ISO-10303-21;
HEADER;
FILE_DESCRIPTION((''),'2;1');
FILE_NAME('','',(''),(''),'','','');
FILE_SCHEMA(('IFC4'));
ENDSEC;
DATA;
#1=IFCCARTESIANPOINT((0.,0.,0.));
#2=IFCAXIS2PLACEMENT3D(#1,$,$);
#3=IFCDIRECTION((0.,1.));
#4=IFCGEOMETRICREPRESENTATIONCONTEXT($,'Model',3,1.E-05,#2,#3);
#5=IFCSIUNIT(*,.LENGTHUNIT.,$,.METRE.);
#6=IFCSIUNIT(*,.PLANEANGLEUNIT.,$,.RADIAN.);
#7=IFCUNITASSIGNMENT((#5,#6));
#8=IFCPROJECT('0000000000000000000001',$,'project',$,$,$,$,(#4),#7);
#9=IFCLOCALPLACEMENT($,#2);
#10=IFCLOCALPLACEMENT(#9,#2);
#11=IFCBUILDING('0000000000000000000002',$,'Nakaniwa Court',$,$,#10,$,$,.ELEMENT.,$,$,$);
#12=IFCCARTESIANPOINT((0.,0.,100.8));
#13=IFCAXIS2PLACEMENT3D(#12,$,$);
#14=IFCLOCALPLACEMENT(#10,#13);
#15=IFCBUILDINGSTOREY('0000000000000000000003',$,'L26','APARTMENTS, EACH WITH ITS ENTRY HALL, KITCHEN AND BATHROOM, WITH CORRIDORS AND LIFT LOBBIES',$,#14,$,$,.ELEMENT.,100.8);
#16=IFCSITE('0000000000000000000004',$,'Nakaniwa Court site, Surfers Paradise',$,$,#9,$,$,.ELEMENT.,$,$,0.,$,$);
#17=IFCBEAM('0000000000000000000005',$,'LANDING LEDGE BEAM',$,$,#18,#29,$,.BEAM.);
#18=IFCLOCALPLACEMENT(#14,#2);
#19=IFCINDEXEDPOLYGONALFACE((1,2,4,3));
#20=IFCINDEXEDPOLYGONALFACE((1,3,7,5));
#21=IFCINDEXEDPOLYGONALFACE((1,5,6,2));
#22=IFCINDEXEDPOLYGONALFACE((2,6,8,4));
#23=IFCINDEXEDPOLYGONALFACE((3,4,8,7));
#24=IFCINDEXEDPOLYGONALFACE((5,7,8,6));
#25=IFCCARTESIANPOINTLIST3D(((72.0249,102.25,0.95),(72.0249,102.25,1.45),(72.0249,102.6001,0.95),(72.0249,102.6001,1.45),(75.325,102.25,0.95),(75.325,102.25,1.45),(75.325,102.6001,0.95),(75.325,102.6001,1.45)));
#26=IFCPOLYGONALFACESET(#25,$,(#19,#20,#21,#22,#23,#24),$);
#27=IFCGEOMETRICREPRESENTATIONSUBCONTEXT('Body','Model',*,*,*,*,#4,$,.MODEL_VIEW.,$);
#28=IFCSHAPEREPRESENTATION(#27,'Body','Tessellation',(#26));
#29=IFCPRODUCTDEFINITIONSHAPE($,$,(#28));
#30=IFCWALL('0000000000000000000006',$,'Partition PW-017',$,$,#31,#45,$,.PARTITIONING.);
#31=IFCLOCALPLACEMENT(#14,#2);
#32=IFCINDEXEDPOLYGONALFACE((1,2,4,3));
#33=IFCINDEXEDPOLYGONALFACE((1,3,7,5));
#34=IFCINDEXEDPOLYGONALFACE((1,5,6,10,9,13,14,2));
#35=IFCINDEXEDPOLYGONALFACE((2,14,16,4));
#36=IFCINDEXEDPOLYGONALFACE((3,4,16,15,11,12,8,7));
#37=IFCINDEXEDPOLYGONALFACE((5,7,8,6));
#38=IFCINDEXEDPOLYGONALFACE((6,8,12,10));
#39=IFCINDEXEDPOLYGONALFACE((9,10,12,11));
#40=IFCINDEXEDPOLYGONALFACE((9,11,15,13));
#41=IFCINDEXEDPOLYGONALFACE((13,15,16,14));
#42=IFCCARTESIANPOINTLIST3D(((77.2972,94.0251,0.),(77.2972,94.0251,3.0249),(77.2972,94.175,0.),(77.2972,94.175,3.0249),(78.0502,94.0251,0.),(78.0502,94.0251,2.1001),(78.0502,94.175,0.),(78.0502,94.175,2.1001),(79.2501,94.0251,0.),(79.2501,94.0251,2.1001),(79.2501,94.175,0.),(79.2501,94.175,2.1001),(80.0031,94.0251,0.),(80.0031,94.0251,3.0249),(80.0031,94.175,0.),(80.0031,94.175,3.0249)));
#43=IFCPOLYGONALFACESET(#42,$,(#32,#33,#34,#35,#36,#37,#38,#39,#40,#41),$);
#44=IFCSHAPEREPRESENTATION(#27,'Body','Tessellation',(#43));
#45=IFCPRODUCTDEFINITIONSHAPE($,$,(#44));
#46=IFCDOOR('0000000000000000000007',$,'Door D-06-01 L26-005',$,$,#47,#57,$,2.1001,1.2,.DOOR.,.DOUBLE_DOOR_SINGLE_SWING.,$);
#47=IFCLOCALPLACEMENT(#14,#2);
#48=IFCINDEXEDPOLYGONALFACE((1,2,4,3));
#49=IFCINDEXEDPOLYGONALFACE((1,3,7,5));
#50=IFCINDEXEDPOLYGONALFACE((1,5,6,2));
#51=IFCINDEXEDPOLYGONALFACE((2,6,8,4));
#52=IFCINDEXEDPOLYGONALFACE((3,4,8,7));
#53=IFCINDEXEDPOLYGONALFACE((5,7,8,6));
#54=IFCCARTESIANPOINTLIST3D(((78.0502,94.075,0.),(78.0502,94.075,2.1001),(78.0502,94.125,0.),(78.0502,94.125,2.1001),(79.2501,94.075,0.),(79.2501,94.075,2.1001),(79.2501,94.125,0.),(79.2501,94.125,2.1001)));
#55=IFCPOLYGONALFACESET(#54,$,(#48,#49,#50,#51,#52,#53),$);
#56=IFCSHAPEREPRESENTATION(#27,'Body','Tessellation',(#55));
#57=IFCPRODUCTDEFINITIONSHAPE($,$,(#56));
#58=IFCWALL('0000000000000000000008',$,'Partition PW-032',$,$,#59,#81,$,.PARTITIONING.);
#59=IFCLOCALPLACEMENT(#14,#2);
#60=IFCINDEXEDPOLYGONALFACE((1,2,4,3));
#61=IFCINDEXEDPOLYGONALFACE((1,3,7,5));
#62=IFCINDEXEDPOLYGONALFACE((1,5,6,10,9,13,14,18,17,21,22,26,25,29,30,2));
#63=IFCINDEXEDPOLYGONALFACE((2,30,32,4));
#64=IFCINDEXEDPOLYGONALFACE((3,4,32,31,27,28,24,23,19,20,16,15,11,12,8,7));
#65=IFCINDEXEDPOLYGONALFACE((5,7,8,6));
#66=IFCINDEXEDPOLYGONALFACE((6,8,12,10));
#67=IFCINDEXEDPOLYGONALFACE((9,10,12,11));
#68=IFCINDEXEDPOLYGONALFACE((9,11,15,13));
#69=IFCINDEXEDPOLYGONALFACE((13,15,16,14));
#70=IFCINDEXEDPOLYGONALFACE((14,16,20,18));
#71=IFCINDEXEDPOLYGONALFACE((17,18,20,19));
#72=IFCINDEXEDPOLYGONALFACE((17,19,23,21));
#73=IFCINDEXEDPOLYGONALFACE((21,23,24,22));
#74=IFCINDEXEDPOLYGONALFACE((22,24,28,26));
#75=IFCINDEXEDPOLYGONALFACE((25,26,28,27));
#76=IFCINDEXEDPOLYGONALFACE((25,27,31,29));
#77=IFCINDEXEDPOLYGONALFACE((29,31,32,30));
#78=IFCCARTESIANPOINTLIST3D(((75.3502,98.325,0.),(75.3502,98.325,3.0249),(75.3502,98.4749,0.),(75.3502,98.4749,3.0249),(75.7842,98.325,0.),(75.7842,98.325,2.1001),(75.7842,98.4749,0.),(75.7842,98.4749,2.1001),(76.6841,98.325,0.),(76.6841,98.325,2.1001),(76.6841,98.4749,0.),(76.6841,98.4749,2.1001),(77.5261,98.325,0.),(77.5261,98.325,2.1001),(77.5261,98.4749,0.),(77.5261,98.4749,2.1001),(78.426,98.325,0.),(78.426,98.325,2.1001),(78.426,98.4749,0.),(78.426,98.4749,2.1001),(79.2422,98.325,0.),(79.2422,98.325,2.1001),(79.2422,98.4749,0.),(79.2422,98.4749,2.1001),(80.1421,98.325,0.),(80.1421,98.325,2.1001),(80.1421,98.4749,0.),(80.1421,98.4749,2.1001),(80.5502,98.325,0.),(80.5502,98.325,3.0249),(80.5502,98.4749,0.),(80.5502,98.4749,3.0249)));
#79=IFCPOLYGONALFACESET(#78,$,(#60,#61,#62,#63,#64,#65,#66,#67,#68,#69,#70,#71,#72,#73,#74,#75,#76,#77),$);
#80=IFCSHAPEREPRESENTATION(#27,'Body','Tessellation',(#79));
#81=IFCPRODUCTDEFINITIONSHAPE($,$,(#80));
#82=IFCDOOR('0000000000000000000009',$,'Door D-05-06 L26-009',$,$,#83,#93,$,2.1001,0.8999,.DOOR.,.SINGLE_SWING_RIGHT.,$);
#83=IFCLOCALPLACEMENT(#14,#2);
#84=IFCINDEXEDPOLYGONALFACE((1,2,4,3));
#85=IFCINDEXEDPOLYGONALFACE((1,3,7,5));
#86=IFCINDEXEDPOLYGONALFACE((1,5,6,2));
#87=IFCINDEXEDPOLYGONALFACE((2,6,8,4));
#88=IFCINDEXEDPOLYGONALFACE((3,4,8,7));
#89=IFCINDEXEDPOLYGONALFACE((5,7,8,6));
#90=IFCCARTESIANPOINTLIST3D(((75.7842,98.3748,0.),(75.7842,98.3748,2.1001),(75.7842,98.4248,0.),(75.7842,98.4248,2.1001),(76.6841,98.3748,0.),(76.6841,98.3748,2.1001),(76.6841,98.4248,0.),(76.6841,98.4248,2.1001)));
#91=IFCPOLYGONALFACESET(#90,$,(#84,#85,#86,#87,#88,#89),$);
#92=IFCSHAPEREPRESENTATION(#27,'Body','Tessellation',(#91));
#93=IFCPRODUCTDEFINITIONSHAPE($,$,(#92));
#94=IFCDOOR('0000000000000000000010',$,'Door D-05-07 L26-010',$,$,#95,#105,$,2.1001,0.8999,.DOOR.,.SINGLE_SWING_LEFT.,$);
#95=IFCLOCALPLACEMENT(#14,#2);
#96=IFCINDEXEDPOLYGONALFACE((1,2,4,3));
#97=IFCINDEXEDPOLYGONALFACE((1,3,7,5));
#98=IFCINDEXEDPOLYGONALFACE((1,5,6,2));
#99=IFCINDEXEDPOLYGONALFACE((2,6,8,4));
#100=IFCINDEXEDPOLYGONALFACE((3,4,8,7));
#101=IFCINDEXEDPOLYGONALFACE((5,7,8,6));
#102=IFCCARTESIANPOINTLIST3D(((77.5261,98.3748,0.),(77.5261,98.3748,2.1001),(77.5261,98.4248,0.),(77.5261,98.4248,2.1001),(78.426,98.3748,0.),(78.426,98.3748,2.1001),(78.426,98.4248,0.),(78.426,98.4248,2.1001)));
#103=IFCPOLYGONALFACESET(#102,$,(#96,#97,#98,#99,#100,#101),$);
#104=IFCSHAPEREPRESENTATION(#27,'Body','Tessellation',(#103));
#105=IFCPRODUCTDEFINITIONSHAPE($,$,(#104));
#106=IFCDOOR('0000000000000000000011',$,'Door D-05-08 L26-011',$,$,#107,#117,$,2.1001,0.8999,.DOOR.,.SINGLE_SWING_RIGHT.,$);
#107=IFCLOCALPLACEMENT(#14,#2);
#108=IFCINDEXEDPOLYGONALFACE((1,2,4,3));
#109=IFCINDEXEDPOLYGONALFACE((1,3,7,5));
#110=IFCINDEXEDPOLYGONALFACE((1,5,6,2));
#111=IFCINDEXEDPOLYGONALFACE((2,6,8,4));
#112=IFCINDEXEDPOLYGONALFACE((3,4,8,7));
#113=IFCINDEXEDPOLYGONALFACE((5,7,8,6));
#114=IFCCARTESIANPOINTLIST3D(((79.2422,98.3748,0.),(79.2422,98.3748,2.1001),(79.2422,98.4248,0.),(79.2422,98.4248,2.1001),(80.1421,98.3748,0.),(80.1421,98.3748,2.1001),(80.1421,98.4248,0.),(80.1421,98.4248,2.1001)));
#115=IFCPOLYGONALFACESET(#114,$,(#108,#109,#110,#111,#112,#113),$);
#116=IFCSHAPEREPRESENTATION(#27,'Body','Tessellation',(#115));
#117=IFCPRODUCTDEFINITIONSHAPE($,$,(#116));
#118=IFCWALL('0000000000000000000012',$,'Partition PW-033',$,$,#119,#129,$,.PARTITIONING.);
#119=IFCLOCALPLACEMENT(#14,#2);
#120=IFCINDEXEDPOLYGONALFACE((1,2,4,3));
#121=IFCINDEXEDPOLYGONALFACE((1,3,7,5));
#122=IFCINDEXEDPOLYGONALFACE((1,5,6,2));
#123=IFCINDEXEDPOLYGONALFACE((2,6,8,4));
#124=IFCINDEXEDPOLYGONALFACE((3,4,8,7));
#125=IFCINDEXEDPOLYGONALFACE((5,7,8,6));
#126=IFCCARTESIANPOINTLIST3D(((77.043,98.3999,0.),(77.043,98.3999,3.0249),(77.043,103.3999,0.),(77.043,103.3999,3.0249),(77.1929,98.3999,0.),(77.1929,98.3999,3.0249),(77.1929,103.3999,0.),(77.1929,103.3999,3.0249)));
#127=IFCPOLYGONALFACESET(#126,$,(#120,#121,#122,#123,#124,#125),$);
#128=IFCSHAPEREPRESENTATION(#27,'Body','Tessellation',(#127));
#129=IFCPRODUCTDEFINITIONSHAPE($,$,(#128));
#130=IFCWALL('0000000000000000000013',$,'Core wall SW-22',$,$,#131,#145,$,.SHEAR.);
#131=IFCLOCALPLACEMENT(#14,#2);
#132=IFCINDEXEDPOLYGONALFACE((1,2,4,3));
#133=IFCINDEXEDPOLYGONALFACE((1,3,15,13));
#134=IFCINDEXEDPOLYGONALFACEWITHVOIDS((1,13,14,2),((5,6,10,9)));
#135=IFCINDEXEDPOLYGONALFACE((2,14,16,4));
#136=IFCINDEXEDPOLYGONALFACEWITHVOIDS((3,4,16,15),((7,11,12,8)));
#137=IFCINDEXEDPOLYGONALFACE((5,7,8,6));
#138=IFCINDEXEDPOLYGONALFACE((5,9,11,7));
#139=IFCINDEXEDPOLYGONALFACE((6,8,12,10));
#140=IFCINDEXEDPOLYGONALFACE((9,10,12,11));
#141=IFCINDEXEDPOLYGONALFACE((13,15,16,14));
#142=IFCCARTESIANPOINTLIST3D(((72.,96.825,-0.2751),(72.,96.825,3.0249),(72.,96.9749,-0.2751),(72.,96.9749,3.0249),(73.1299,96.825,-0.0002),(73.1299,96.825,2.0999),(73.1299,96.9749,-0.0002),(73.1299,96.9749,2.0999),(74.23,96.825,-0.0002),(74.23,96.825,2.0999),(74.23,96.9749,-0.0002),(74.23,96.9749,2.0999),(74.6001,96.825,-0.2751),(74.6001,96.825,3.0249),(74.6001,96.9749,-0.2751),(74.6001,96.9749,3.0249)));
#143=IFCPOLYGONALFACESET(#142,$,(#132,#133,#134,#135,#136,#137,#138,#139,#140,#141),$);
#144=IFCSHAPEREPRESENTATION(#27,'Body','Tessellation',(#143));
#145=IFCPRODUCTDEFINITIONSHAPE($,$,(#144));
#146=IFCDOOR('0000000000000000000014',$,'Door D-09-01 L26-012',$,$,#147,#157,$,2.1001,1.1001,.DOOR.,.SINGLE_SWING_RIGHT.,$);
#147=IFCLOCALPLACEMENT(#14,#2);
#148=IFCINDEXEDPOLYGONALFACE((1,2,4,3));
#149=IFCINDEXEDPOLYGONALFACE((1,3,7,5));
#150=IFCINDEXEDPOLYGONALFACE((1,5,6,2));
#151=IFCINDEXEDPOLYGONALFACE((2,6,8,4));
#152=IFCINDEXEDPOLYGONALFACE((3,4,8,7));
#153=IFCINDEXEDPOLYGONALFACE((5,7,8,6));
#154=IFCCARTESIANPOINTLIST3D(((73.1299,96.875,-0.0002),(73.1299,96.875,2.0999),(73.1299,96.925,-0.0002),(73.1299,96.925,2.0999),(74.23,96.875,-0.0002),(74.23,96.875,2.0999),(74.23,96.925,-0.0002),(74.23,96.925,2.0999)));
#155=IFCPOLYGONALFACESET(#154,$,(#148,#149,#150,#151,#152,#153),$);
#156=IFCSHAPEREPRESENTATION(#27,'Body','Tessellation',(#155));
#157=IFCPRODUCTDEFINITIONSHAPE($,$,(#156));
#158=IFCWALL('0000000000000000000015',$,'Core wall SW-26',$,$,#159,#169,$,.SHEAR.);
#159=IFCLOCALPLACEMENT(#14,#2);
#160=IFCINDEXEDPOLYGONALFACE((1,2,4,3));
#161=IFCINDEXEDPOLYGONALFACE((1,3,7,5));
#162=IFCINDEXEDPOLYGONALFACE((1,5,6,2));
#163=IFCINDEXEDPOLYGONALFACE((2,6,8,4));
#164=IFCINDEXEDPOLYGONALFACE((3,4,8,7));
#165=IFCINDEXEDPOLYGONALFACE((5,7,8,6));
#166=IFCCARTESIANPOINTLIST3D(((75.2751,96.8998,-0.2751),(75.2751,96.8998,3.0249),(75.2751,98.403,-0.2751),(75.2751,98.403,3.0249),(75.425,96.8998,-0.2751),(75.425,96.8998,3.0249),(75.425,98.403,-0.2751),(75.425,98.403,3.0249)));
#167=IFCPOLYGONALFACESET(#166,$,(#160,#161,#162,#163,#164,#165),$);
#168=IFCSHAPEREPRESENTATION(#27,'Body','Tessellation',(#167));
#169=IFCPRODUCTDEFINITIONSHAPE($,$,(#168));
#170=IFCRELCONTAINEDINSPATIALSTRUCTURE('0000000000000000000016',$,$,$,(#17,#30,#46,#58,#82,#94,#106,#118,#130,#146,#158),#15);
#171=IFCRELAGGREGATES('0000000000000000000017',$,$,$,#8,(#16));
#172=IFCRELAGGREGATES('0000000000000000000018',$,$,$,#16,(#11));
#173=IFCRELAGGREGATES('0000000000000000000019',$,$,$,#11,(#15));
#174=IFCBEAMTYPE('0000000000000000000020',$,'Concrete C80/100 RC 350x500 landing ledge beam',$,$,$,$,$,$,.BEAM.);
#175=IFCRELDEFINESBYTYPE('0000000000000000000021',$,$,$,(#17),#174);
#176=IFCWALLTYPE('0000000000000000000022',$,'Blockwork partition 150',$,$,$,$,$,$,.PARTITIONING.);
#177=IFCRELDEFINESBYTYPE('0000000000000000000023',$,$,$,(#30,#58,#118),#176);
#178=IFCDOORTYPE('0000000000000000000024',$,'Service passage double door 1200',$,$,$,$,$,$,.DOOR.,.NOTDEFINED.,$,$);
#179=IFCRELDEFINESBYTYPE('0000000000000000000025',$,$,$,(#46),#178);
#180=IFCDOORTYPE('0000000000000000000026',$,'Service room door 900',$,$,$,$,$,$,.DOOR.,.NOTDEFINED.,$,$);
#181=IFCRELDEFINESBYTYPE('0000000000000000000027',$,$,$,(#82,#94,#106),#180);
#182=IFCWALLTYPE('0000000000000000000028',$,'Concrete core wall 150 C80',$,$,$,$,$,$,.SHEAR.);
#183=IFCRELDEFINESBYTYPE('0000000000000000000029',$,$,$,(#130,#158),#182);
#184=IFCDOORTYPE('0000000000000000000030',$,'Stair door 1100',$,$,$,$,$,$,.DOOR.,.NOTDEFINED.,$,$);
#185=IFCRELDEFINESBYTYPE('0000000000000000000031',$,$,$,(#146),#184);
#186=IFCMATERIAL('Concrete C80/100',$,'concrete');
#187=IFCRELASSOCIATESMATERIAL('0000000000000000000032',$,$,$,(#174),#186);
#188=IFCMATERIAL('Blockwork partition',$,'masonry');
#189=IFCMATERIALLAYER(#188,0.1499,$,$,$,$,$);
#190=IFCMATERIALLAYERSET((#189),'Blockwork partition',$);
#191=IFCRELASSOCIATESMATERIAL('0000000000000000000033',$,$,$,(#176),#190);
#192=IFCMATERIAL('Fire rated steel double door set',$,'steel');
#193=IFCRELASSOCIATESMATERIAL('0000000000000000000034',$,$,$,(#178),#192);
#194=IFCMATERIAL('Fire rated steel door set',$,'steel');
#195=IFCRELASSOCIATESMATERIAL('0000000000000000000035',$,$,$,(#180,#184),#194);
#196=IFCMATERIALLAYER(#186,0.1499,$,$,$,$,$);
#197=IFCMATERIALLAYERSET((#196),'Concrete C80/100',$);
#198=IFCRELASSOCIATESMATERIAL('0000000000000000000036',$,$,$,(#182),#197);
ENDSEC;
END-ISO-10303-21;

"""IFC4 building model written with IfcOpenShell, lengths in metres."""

from ifc_helpers import new_model, si_unit, direction, frame, frame_2d, origin, origin_2d, place, context, subcontext, project, spatial, rectangle, extrude, material, layer, layer_set, material_profile, profile_set, type_object, element, fill, save


model = new_model("IFC4")

# Units and contexts
model_context = context("Model", 3, precision=1e-05, world=origin(), true_north=direction((0.0, 1.0)))
body_context = subcontext(model_context, "Body", "Model", "MODEL_VIEW")
ifc_project = project(units=[si_unit("LENGTHUNIT", "METRE"), si_unit("PLANEANGLEUNIT", "RADIAN")], contexts=[model_context])

# Site, building, storey
site_placement = place(None, origin())
site = spatial("IfcSite", under=ifc_project, at=site_placement, Name="Nakaniwa Court site, Surfers Paradise", CompositionType="ELEMENT", RefElevation=0.0)
building_placement = place(site_placement, origin())
building = spatial("IfcBuilding", under=site, at=building_placement, Name="Nakaniwa Court", CompositionType="ELEMENT")
storey_placement = place(building_placement, frame((0.0, 0.0, 100.8)))
storey = spatial("IfcBuildingStorey", under=building, at=storey_placement, Name="L26", Description="APARTMENTS, EACH WITH ITS ENTRY HALL, KITCHEN AND BATHROOM, WITH CORRIDORS AND LIFT LOBBIES", CompositionType="ELEMENT", Elevation=100.8)

# Beam
ifc_material_1 = material(Name="Concrete C80/100", Category="concrete")
ifc_material_profile = material_profile(ifc_material_1, rectangle(XDim=0.3501, YDim=0.5, at=origin_2d()), Name="Concrete C80/100 RC 350x500 landing ledge beam")
ifc_profile_set = profile_set([ifc_material_profile], Name="Concrete C80/100")
beam_type = type_object("IfcBeamType", Name="Concrete C80/100 RC 350x500 landing ledge beam", PredefinedType="BEAM", material=ifc_profile_set)
beam_placement = place(storey_placement, frame((72.0249, 102.425, 1.2), z_axis=(1.0, 0.0, 0.0), x_axis=(0.0, 1.0, 0.0)))
element("IfcBeam", 1, at=beam_placement, inside=storey, type_object=beam_type, Name="LANDING LEDGE BEAM", PredefinedType="BEAM", context=body_context, shape_type="SweptSolid", body=[
    extrude(rectangle(XDim=0.3501, YDim=0.5, at=origin_2d()), origin(), (0.0, 0.0, 1.0), 3.3),
])

# Wall, opening, door
ifc_material_2 = material(Name="Blockwork partition", Category="masonry")
ifc_layer_1 = layer(ifc_material_2, 0.1499)
ifc_layer_set_1 = layer_set([ifc_layer_1], Name="Blockwork partition")
wall_type_1 = type_object("IfcWallType", Name="Blockwork partition 150", PredefinedType="PARTITIONING", material=ifc_layer_set_1)
wall_1_placement = place(storey_placement, frame((77.2971, 94.1001, 0.0), z_axis=(0.0, 0.0, 1.0), x_axis=(1.0, 0.0, 0.0)))
wall_1 = element("IfcWall", 2, at=wall_1_placement, inside=storey, type_object=wall_type_1, Name="Partition PW-017", PredefinedType="PARTITIONING", context=body_context, shape_type="SweptSolid", body=[
    extrude(rectangle(XDim=2.7058, YDim=0.1499, at=frame_2d((1.353, 0.0))), origin(), (0.0, 0.0, 1.0), 3.0249),
])
opening_1_placement = place(wall_1_placement, frame((0.7529, 0.0, 0.0)))
opening_1 = element("IfcOpeningElement", 3, at=opening_1_placement, cuts=wall_1, PredefinedType="OPENING", context=body_context, shape_type="SweptSolid", body=[
    extrude(rectangle(XDim=1.2, YDim=2.1001, at=frame_2d((0.6001, 1.05))), frame((0.0, 0.085, 0.0), z_axis=(0.0, -1.0, 0.0), x_axis=(1.0, 0.0, 0.0)), (0.0, 0.0, 1.0), 0.1699),
])
ifc_material_3 = material(Name="Fire rated steel double door set", Category="steel")
door_type_1 = type_object("IfcDoorType", Name="Service passage double door 1200", OperationType="NOTDEFINED", PredefinedType="DOOR", material=ifc_material_3)
door_1_placement = place(opening_1_placement, origin())
door_1 = element("IfcDoor", 4, at=door_1_placement, inside=storey, type_object=door_type_1, Name="Door D-06-01 L26-005", OperationType="DOUBLE_DOOR_SINGLE_SWING", OverallHeight=2.1001, OverallWidth=1.2, PredefinedType="DOOR", context=body_context, shape_type="SweptSolid", body=[
    extrude(rectangle(XDim=1.2, YDim=2.1001, at=frame_2d((0.6001, 1.05))), frame((0.0, 0.0249, 0.0), z_axis=(0.0, -1.0, 0.0), x_axis=(1.0, 0.0, 0.0)), (0.0, 0.0, 1.0), 0.05),
])
fill(opening_1, door_1)

# Wall, openings, doors
wall_2_placement = place(storey_placement, frame((75.3501, 98.3999, 0.0), z_axis=(0.0, 0.0, 1.0), x_axis=(1.0, 0.0, 0.0)))
wall_2 = element("IfcWall", 5, at=wall_2_placement, inside=storey, type_object=wall_type_1, Name="Partition PW-032", PredefinedType="PARTITIONING", context=body_context, shape_type="SweptSolid", body=[
    extrude(rectangle(XDim=5.2, YDim=0.1499, at=frame_2d((2.6001, 0.0))), origin(), (0.0, 0.0, 1.0), 3.0249),
])
opening_2_placement = place(wall_2_placement, frame((0.4341, 0.0, 0.0)))
opening_2 = element("IfcOpeningElement", 6, at=opening_2_placement, cuts=wall_2, PredefinedType="OPENING", context=body_context, shape_type="SweptSolid", body=[
    extrude(rectangle(XDim=0.8999, YDim=2.1001, at=frame_2d((0.45, 1.05))), frame((0.0, 0.085, 0.0), z_axis=(0.0, -1.0, 0.0), x_axis=(1.0, 0.0, 0.0)), (0.0, 0.0, 1.0), 0.1699),
])
opening_3_placement = place(wall_2_placement, frame((2.176, 0.0, 0.0)))
opening_3 = element("IfcOpeningElement", 7, at=opening_3_placement, cuts=wall_2, PredefinedType="OPENING", context=body_context, shape_type="SweptSolid", body=[
    extrude(rectangle(XDim=0.8999, YDim=2.1001, at=frame_2d((0.45, 1.05))), frame((0.0, 0.085, 0.0), z_axis=(0.0, -1.0, 0.0), x_axis=(1.0, 0.0, 0.0)), (0.0, 0.0, 1.0), 0.1699),
])
opening_4_placement = place(wall_2_placement, frame((3.8921, 0.0, 0.0)))
opening_4 = element("IfcOpeningElement", 8, at=opening_4_placement, cuts=wall_2, PredefinedType="OPENING", context=body_context, shape_type="SweptSolid", body=[
    extrude(rectangle(XDim=0.8999, YDim=2.1001, at=frame_2d((0.45, 1.05))), frame((0.0, 0.085, 0.0), z_axis=(0.0, -1.0, 0.0), x_axis=(1.0, 0.0, 0.0)), (0.0, 0.0, 1.0), 0.1699),
])
ifc_material_4 = material(Name="Fire rated steel door set", Category="steel")
door_type_2 = type_object("IfcDoorType", Name="Service room door 900", OperationType="NOTDEFINED", PredefinedType="DOOR", material=ifc_material_4)
door_2_placement = place(opening_2_placement, origin())
door_2 = element("IfcDoor", 9, at=door_2_placement, inside=storey, type_object=door_type_2, Name="Door D-05-06 L26-009", OperationType="SINGLE_SWING_RIGHT", OverallHeight=2.1001, OverallWidth=0.8999, PredefinedType="DOOR", context=body_context, shape_type="SweptSolid", body=[
    extrude(rectangle(XDim=0.8999, YDim=2.1001, at=frame_2d((0.45, 1.05))), frame((0.0, 0.0249, 0.0), z_axis=(0.0, -1.0, 0.0), x_axis=(1.0, 0.0, 0.0)), (0.0, 0.0, 1.0), 0.05),
])
fill(opening_2, door_2)
door_3_placement = place(opening_3_placement, origin())
door_3 = element("IfcDoor", 10, at=door_3_placement, inside=storey, type_object=door_type_2, Name="Door D-05-07 L26-010", OperationType="SINGLE_SWING_LEFT", OverallHeight=2.1001, OverallWidth=0.8999, PredefinedType="DOOR", context=body_context, shape_type="SweptSolid", body=[
    extrude(rectangle(XDim=0.8999, YDim=2.1001, at=frame_2d((0.45, 1.05))), frame((0.0, 0.0249, 0.0), z_axis=(0.0, -1.0, 0.0), x_axis=(1.0, 0.0, 0.0)), (0.0, 0.0, 1.0), 0.05),
])
fill(opening_3, door_3)
door_4_placement = place(opening_4_placement, origin())
door_4 = element("IfcDoor", 11, at=door_4_placement, inside=storey, type_object=door_type_2, Name="Door D-05-08 L26-011", OperationType="SINGLE_SWING_RIGHT", OverallHeight=2.1001, OverallWidth=0.8999, PredefinedType="DOOR", context=body_context, shape_type="SweptSolid", body=[
    extrude(rectangle(XDim=0.8999, YDim=2.1001, at=frame_2d((0.45, 1.05))), frame((0.0, 0.0249, 0.0), z_axis=(0.0, -1.0, 0.0), x_axis=(1.0, 0.0, 0.0)), (0.0, 0.0, 1.0), 0.05),
])
fill(opening_4, door_4)

# Wall
wall_3_placement = place(storey_placement, frame((77.1179, 98.3999, 0.0), z_axis=(0.0, 0.0, 1.0), x_axis=(0.0, 1.0, 0.0)))
element("IfcWall", 12, at=wall_3_placement, inside=storey, type_object=wall_type_1, Name="Partition PW-033", PredefinedType="PARTITIONING", context=body_context, shape_type="SweptSolid", body=[
    extrude(rectangle(XDim=5.0, YDim=0.1499, at=frame_2d((2.5, 0.0))), origin(), (0.0, 0.0, 1.0), 3.0249),
])

# Wall, opening, door
ifc_layer_2 = layer(ifc_material_1, 0.1499)
ifc_layer_set_2 = layer_set([ifc_layer_2], Name="Concrete C80/100")
wall_type_2 = type_object("IfcWallType", Name="Concrete core wall 150 C80", PredefinedType="SHEAR", material=ifc_layer_set_2)
wall_4_placement = place(storey_placement, frame((74.6001, 96.8999, -0.2751), z_axis=(0.0, 0.0, 1.0), x_axis=(-1.0, 0.0, 0.0)))
wall_4 = element("IfcWall", 13, at=wall_4_placement, inside=storey, type_object=wall_type_2, Name="Core wall SW-22", PredefinedType="SHEAR", context=body_context, shape_type="SweptSolid", body=[
    extrude(rectangle(XDim=2.6001, YDim=0.1499, at=frame_2d((1.3, 0.0))), origin(), (0.0, 0.0, 1.0), 3.3),
])
opening_5_placement = place(wall_4_placement, frame((0.3701, 0.0, 0.2749)))
opening_5 = element("IfcOpeningElement", 14, at=opening_5_placement, cuts=wall_4, PredefinedType="OPENING", context=body_context, shape_type="SweptSolid", body=[
    extrude(rectangle(XDim=1.1001, YDim=2.1001, at=frame_2d((0.55, 1.05))), frame((0.0, 0.085, 0.0), z_axis=(0.0, -1.0, 0.0), x_axis=(1.0, 0.0, 0.0)), (0.0, 0.0, 1.0), 0.1699),
])
door_type_3 = type_object("IfcDoorType", Name="Stair door 1100", OperationType="NOTDEFINED", PredefinedType="DOOR", material=ifc_material_4)
door_5_placement = place(opening_5_placement, origin())
door_5 = element("IfcDoor", 15, at=door_5_placement, inside=storey, type_object=door_type_3, Name="Door D-09-01 L26-012", OperationType="SINGLE_SWING_RIGHT", OverallHeight=2.1001, OverallWidth=1.1001, PredefinedType="DOOR", context=body_context, shape_type="SweptSolid", body=[
    extrude(rectangle(XDim=1.1001, YDim=2.1001, at=frame_2d((0.55, 1.05))), frame((0.0, 0.0249, 0.0), z_axis=(0.0, -1.0, 0.0), x_axis=(1.0, 0.0, 0.0)), (0.0, 0.0, 1.0), 0.05),
])
fill(opening_5, door_5)

# Wall
wall_5_placement = place(storey_placement, frame((75.3501, 96.8999, -0.2751), z_axis=(0.0, 0.0, 1.0), x_axis=(0.0, 1.0, 0.0)))
element("IfcWall", 16, at=wall_5_placement, inside=storey, type_object=wall_type_2, Name="Core wall SW-26", PredefinedType="SHEAR", context=body_context, shape_type="SweptSolid", body=[
    extrude(rectangle(XDim=1.5032, YDim=0.1499, at=frame_2d((0.7515, 0.0))), origin(), (0.0, 0.0, 1.0), 3.3),
])

save(model, "model.ifc")
